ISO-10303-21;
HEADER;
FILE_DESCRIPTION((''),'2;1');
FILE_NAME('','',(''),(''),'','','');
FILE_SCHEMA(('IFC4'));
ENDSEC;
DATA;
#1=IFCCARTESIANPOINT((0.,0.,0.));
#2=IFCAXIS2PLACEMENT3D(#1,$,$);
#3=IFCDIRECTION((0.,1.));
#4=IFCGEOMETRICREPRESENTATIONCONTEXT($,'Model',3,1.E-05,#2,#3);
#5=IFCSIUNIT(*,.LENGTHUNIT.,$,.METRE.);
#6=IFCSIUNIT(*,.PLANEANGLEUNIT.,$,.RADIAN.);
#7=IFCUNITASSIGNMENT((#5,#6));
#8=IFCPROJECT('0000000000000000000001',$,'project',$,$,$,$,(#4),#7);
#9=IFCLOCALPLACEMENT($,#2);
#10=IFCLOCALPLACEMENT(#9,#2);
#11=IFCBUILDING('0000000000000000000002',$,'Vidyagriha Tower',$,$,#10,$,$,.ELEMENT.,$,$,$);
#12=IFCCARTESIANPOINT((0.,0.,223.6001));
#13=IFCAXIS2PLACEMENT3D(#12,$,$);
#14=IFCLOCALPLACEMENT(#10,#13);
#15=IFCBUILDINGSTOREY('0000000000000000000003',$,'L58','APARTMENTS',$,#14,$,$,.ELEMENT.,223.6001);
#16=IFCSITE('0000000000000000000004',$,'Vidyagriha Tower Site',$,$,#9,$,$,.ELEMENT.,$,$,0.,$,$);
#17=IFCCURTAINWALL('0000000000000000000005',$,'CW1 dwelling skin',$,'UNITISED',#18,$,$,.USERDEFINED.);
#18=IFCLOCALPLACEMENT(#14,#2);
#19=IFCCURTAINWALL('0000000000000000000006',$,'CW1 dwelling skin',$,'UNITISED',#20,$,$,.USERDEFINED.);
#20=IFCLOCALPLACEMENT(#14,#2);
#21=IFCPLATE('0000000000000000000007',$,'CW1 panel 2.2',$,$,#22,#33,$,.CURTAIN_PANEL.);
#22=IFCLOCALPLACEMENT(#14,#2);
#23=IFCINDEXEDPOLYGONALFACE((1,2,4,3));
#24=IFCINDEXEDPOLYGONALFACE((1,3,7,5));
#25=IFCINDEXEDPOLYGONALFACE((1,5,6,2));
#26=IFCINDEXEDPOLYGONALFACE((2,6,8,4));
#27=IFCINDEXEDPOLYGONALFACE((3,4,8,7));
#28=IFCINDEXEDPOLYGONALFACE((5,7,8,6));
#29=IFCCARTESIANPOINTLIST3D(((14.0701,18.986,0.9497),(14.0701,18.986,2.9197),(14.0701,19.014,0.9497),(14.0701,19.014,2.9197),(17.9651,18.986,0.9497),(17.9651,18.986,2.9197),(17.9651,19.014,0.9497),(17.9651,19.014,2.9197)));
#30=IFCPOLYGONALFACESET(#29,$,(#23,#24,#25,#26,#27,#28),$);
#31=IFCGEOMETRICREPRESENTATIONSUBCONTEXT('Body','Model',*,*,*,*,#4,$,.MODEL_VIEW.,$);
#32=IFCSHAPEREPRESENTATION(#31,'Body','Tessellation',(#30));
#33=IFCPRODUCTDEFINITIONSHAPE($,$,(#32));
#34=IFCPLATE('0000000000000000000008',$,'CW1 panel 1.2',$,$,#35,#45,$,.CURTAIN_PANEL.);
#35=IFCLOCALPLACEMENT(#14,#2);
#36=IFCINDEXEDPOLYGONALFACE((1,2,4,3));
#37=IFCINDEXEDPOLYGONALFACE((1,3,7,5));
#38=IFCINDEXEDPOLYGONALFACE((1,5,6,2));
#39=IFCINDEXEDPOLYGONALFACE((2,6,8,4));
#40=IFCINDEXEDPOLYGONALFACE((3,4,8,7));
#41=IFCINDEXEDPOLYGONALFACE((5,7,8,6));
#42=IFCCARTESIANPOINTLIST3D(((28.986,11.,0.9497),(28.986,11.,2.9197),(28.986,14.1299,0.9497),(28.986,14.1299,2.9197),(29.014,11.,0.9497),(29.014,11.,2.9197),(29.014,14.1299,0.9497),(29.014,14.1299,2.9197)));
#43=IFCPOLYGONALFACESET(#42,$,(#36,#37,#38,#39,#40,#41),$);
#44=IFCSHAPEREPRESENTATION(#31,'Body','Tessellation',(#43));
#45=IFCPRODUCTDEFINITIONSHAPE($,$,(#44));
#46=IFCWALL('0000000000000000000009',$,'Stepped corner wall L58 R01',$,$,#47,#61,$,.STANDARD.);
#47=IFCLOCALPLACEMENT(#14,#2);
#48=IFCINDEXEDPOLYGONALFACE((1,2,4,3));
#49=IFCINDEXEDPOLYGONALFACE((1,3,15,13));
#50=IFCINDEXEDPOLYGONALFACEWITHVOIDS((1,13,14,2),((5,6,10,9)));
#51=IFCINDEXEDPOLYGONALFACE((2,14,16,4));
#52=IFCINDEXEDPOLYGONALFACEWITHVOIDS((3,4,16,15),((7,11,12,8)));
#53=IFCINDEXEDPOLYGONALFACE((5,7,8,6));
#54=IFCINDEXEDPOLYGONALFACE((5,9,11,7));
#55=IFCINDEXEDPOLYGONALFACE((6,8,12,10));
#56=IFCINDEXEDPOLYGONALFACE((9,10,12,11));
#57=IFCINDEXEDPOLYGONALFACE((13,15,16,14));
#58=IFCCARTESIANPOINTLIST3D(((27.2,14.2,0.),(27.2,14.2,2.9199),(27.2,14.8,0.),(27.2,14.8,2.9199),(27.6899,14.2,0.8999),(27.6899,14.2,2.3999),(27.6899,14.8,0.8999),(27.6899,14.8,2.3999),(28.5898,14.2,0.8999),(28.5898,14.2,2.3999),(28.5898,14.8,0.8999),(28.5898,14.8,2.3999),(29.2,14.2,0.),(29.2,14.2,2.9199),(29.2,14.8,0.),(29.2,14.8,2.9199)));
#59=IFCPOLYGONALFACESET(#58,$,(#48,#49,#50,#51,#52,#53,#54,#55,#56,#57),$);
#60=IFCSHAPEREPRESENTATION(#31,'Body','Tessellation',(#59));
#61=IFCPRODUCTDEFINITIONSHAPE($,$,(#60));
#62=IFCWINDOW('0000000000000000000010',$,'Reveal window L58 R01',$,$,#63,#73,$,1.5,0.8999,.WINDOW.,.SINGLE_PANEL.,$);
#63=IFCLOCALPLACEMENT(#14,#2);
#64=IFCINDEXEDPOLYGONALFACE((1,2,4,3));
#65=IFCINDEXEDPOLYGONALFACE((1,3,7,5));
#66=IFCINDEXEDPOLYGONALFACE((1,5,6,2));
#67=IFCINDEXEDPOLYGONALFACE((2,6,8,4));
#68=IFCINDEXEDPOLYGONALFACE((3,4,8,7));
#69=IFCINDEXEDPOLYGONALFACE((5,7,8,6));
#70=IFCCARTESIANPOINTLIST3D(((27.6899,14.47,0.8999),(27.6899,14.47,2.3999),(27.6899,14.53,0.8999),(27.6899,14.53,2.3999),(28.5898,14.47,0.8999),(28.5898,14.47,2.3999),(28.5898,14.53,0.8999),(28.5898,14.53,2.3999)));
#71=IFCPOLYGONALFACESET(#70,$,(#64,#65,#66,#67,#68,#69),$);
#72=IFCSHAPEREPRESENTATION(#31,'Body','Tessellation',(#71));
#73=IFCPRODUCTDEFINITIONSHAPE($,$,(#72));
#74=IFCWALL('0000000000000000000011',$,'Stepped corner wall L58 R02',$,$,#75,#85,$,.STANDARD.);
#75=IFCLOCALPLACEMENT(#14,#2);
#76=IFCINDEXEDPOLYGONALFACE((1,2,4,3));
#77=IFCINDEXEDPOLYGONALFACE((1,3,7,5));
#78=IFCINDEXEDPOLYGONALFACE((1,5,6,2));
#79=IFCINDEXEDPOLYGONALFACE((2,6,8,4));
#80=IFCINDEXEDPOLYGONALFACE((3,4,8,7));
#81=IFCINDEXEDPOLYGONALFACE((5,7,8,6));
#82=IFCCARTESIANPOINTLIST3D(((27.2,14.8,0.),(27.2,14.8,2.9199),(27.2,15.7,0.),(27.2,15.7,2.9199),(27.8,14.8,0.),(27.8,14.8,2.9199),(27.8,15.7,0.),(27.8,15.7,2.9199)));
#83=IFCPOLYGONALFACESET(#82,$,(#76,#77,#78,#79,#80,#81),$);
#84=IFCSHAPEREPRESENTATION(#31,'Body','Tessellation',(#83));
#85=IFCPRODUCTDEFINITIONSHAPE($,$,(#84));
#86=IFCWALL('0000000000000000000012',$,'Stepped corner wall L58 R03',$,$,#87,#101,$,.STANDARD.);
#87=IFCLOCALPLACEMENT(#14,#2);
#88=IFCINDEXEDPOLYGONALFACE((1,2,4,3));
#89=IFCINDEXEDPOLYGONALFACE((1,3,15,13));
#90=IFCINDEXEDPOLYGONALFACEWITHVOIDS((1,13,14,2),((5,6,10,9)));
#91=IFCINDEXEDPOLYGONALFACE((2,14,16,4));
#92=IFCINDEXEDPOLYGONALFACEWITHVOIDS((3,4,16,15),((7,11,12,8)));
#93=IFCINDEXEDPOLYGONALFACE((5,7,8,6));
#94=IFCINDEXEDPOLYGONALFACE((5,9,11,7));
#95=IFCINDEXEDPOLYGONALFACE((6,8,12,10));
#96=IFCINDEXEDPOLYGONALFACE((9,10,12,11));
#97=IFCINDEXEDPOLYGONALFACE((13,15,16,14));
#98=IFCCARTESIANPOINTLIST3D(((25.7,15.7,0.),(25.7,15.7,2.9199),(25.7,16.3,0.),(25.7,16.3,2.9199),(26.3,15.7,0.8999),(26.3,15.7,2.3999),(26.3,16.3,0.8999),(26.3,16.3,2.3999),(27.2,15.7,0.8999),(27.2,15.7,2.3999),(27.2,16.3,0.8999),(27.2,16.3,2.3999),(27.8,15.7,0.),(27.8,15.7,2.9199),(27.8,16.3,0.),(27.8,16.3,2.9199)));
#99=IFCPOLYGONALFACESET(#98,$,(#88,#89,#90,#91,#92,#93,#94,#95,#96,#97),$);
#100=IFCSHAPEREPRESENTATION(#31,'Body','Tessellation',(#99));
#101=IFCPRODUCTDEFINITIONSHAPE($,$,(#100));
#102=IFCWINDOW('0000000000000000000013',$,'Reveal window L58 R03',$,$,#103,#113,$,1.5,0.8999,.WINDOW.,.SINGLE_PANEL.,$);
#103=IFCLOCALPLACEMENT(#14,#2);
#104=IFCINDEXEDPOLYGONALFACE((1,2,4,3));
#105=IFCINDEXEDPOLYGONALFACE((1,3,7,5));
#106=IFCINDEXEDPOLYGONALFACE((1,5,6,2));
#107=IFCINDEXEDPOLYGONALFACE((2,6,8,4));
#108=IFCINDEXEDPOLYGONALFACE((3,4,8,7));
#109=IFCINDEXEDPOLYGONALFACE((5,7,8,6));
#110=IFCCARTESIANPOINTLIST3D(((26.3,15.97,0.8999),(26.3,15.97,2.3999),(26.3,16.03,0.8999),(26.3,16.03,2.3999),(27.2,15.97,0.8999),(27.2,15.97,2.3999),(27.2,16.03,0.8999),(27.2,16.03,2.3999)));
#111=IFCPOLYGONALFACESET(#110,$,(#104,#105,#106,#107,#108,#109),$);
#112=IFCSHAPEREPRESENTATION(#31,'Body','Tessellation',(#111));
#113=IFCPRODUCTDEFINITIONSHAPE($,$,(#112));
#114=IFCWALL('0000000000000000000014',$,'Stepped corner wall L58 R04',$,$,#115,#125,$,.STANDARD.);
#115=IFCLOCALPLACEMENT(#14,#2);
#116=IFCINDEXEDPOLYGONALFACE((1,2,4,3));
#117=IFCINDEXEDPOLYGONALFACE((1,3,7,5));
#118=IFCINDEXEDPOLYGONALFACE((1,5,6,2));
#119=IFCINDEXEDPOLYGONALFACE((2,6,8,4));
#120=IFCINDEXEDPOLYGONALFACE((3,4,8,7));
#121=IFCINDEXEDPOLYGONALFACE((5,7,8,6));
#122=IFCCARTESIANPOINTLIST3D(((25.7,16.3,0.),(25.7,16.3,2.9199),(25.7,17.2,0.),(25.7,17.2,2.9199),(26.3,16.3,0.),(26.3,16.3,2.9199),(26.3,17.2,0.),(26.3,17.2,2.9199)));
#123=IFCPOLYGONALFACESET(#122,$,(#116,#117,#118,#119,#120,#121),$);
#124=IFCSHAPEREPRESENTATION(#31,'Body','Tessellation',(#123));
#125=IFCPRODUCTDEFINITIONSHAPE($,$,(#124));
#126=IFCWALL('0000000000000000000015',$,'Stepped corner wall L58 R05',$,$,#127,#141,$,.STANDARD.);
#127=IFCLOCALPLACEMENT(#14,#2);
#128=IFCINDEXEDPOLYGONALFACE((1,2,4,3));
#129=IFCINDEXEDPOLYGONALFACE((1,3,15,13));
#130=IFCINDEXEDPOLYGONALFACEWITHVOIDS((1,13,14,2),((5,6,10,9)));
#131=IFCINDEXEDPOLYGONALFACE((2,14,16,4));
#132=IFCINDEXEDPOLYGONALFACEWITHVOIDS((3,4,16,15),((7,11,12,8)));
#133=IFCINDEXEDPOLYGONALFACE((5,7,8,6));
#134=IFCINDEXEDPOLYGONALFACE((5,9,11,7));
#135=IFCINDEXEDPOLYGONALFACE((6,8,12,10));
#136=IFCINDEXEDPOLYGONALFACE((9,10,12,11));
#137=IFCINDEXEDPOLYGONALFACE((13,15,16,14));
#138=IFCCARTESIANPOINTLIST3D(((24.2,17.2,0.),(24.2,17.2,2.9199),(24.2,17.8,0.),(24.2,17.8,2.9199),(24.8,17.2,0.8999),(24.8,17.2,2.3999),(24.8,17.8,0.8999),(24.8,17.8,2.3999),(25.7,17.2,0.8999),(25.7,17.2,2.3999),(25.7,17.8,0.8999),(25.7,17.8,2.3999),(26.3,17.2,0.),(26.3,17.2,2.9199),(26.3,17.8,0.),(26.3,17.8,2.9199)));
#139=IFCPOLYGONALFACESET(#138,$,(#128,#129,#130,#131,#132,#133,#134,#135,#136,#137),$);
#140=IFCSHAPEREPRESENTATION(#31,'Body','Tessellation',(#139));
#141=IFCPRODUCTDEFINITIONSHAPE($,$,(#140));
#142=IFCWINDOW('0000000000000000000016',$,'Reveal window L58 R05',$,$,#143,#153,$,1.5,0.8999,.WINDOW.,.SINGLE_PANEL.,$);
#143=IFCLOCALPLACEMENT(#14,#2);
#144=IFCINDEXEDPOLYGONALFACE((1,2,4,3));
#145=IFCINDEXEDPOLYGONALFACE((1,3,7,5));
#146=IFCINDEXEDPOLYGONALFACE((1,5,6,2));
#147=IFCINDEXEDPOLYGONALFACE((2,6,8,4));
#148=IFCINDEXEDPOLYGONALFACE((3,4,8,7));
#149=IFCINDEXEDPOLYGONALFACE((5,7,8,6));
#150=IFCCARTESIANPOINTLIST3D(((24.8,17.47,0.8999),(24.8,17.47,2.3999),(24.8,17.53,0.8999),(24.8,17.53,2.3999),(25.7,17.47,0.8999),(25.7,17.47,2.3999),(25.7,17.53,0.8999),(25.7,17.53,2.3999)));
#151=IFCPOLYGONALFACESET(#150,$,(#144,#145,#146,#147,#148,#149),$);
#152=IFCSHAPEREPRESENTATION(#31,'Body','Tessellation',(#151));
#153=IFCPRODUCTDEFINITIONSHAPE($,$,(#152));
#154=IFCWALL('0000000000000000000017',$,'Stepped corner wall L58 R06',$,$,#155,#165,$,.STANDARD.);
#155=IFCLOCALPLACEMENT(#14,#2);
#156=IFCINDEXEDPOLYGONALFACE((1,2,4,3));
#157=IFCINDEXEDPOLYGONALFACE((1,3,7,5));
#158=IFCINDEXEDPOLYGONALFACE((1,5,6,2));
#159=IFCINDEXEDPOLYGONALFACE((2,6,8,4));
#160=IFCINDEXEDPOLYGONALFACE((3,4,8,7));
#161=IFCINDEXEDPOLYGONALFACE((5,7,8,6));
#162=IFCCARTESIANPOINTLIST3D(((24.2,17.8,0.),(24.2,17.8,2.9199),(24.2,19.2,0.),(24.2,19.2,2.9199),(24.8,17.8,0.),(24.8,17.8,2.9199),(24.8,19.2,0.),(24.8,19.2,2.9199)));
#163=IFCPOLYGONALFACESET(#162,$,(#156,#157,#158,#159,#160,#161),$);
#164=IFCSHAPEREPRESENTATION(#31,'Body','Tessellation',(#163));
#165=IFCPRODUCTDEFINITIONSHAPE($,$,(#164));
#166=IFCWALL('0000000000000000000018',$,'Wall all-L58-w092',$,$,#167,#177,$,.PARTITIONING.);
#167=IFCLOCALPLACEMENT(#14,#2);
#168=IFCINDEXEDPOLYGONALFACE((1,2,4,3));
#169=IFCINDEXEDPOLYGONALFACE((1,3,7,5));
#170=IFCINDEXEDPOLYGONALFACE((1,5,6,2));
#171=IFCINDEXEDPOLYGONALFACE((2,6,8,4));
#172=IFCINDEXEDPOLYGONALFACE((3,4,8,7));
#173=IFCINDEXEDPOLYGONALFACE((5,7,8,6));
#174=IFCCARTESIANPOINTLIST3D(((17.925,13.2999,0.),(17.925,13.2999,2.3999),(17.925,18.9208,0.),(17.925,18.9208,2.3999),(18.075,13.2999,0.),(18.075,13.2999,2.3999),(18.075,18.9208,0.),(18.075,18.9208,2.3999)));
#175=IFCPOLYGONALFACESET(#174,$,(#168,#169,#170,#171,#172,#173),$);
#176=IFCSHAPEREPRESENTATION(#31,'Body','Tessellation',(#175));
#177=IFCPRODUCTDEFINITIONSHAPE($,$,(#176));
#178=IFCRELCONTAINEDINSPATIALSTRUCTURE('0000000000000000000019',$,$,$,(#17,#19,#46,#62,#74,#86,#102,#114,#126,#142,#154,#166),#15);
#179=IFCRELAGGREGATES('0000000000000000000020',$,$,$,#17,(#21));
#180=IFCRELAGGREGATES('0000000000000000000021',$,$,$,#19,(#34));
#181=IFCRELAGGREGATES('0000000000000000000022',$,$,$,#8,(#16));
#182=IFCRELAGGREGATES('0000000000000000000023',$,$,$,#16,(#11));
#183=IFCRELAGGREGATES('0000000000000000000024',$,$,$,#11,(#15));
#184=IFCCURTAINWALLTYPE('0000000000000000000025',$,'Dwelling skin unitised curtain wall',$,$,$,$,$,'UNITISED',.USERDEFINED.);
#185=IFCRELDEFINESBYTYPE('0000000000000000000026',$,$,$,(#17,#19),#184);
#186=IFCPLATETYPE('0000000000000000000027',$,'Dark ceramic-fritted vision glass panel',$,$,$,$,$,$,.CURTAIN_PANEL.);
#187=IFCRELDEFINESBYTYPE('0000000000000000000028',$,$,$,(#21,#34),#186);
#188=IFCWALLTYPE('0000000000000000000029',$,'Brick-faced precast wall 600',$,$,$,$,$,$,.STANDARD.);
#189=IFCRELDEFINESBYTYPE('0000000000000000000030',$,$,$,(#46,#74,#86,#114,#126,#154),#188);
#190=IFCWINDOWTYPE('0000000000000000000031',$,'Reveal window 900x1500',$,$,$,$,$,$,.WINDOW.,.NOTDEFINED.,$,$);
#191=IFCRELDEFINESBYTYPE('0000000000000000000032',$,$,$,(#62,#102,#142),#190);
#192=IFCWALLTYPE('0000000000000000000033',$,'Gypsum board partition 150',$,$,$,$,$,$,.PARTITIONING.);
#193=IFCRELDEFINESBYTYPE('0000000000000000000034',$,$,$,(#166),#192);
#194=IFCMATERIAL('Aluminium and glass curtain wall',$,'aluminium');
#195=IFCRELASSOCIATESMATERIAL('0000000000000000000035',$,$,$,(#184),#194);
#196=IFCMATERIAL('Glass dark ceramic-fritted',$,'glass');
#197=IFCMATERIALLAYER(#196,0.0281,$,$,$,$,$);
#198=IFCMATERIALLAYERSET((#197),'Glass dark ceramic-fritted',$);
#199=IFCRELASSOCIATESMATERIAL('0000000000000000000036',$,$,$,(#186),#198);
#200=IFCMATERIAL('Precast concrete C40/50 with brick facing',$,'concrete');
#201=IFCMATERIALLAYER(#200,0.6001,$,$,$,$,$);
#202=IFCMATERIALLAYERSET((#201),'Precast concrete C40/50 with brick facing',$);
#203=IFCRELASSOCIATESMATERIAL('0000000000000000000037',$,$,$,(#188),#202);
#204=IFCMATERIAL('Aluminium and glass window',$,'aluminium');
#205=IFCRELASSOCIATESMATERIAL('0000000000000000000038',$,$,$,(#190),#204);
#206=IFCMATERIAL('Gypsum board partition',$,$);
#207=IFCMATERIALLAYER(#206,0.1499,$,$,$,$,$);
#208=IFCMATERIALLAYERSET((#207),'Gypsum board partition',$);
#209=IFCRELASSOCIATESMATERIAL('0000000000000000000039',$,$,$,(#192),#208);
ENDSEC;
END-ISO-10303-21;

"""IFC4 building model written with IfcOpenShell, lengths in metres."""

from ifc_helpers import new_model, si_unit, direction, frame, frame_2d, origin, origin_2d, place, context, subcontext, project, spatial, rectangle, extrude, material, layer, layer_set, type_object, element, fill, aggregate, save


model = new_model("IFC4")

# Units and contexts
model_context = context("Model", 3, precision=1e-05, world=origin(), true_north=direction((0.0, 1.0)))
body_context = subcontext(model_context, "Body", "Model", "MODEL_VIEW")
ifc_project = project(units=[si_unit("LENGTHUNIT", "METRE"), si_unit("PLANEANGLEUNIT", "RADIAN")], contexts=[model_context])

# Site, building, storey
site_placement = place(None, origin())
site = spatial("IfcSite", under=ifc_project, at=site_placement, Name="Vidyagriha Tower Site", CompositionType="ELEMENT", RefElevation=0.0)
building_placement = place(site_placement, origin())
building = spatial("IfcBuilding", under=site, at=building_placement, Name="Vidyagriha Tower", CompositionType="ELEMENT")
storey_placement = place(building_placement, frame((0.0, 0.0, 223.6001)))
storey = spatial("IfcBuildingStorey", under=building, at=storey_placement, Name="L58", Description="APARTMENTS", CompositionType="ELEMENT", Elevation=223.6001)

# Curtain wall
ifc_material_1 = material(Name="Aluminium and glass curtain wall", Category="aluminium")
curtain_wall_type = type_object("IfcCurtainWallType", Name="Dwelling skin unitised curtain wall", ElementType="UNITISED", PredefinedType="USERDEFINED", material=ifc_material_1)
curtain_wall_1_placement = place(storey_placement, origin())
curtain_wall_1 = element("IfcCurtainWall", 1, at=curtain_wall_1_placement, inside=storey, type_object=curtain_wall_type, Name="CW1 dwelling skin", ObjectType="UNITISED", PredefinedType="USERDEFINED")

# Curtain wall
curtain_wall_2_placement = place(storey_placement, origin())
curtain_wall_2 = element("IfcCurtainWall", 2, at=curtain_wall_2_placement, inside=storey, type_object=curtain_wall_type, Name="CW1 dwelling skin", ObjectType="UNITISED", PredefinedType="USERDEFINED")

# Plates
ifc_material_2 = material(Name="Glass dark ceramic-fritted", Category="glass")
ifc_layer_1 = layer(ifc_material_2, 0.0281)
ifc_layer_set_1 = layer_set([ifc_layer_1], Name="Glass dark ceramic-fritted")
plate_type_1 = type_object("IfcPlateType", Name="Dark ceramic-fritted vision glass panel", PredefinedType="CURTAIN_PANEL", material=ifc_layer_set_1)
plate_1_placement = place(storey_placement, frame((16.0176, 19.0, 0.9497), z_axis=(0.0, 0.0, 1.0), x_axis=(-1.0, 0.0, 0.0)))
plate_1 = element("IfcPlate", 3, at=plate_1_placement, type_object=plate_type_1, Name="CW1 panel 2.2", PredefinedType="CURTAIN_PANEL", context=body_context, shape_type="SweptSolid", body=[
    extrude(rectangle(XDim=3.895, YDim=0.0281, at=origin_2d()), origin(), (0.0, 0.0, 1.0), 1.97),
])
aggregate(curtain_wall_1, [plate_1])
plate_2_placement = place(storey_placement, frame((29.0, 12.5649, 0.9497), z_axis=(0.0, 0.0, 1.0), x_axis=(0.0, 1.0, 0.0)))
plate_2 = element("IfcPlate", 4, at=plate_2_placement, type_object=plate_type_1, Name="CW1 panel 1.2", PredefinedType="CURTAIN_PANEL", context=body_context, shape_type="SweptSolid", body=[
    extrude(rectangle(XDim=3.1299, YDim=0.0281, at=origin_2d()), origin(), (0.0, 0.0, 1.0), 1.97),
])
aggregate(curtain_wall_2, [plate_2])

# Wall, opening, window
ifc_material_3 = material(Name="Precast concrete C40/50 with brick facing", Category="concrete")
ifc_layer_2 = layer(ifc_material_3, 0.6001)
ifc_layer_set_2 = layer_set([ifc_layer_2], Name="Precast concrete C40/50 with brick facing")
wall_type_1 = type_object("IfcWallType", Name="Brick-faced precast wall 600", PredefinedType="STANDARD", material=ifc_layer_set_2)
wall_1_placement = place(storey_placement, frame((29.2, 14.5, 0.0), z_axis=(0.0, 0.0, 1.0), x_axis=(-1.0, 0.0, 0.0)))
wall_1 = element("IfcWall", 5, at=wall_1_placement, inside=storey, type_object=wall_type_1, Name="Stepped corner wall L58 R01", PredefinedType="STANDARD", context=body_context, shape_type="SweptSolid", body=[
    extrude(rectangle(XDim=2.0, YDim=0.6001, at=frame_2d((1.0, 0.0))), origin(), (0.0, 0.0, 1.0), 2.9199),
])
opening_1_placement = place(wall_1_placement, frame((0.6101, 0.0, 0.8999)))
opening_1 = element("IfcOpeningElement", 6, at=opening_1_placement, cuts=wall_1, PredefinedType="OPENING", context=body_context, shape_type="SweptSolid", body=[
    extrude(rectangle(XDim=0.8999, YDim=1.5, at=frame_2d((0.45, 0.75))), frame((0.0, 0.3101, 0.0), z_axis=(0.0, -1.0, 0.0), x_axis=(1.0, 0.0, 0.0)), (0.0, 0.0, 1.0), 0.6201),
])
ifc_material_4 = material(Name="Aluminium and glass window", Category="aluminium")
window_type = type_object("IfcWindowType", Name="Reveal window 900x1500", PartitioningType="NOTDEFINED", PredefinedType="WINDOW", material=ifc_material_4)
window_1_placement = place(opening_1_placement, origin())
window_1 = element("IfcWindow", 7, at=window_1_placement, inside=storey, type_object=window_type, Name="Reveal window L58 R01", OverallHeight=1.5, OverallWidth=0.8999, PartitioningType="SINGLE_PANEL", PredefinedType="WINDOW", context=body_context, shape_type="SweptSolid", body=[
    extrude(rectangle(XDim=0.8999, YDim=1.5, at=frame_2d((0.45, 0.75))), frame((0.0, 0.03, 0.0), z_axis=(0.0, -1.0, 0.0), x_axis=(1.0, 0.0, 0.0)), (0.0, 0.0, 1.0), 0.0601),
])
fill(opening_1, window_1)

# Wall
wall_2_placement = place(storey_placement, frame((27.5, 14.8, 0.0), z_axis=(0.0, 0.0, 1.0), x_axis=(0.0, 1.0, 0.0)))
element("IfcWall", 8, at=wall_2_placement, inside=storey, type_object=wall_type_1, Name="Stepped corner wall L58 R02", PredefinedType="STANDARD", context=body_context, shape_type="SweptSolid", body=[
    extrude(rectangle(XDim=0.8999, YDim=0.6001, at=frame_2d((0.45, 0.0))), origin(), (0.0, 0.0, 1.0), 2.9199),
])

# Wall, opening, window
wall_3_placement = place(storey_placement, frame((27.8, 16.0, 0.0), z_axis=(0.0, 0.0, 1.0), x_axis=(-1.0, 0.0, 0.0)))
wall_3 = element("IfcWall", 9, at=wall_3_placement, inside=storey, type_object=wall_type_1, Name="Stepped corner wall L58 R03", PredefinedType="STANDARD", context=body_context, shape_type="SweptSolid", body=[
    extrude(rectangle(XDim=2.1001, YDim=0.6001, at=frame_2d((1.05, 0.0))), origin(), (0.0, 0.0, 1.0), 2.9199),
])
opening_2_placement = place(wall_3_placement, frame((0.6001, 0.0, 0.8999)))
opening_2 = element("IfcOpeningElement", 10, at=opening_2_placement, cuts=wall_3, PredefinedType="OPENING", context=body_context, shape_type="SweptSolid", body=[
    extrude(rectangle(XDim=0.8999, YDim=1.5, at=frame_2d((0.45, 0.75))), frame((0.0, 0.3101, 0.0), z_axis=(0.0, -1.0, 0.0), x_axis=(1.0, 0.0, 0.0)), (0.0, 0.0, 1.0), 0.6201),
])
window_2_placement = place(opening_2_placement, origin())
window_2 = element("IfcWindow", 11, at=window_2_placement, inside=storey, type_object=window_type, Name="Reveal window L58 R03", OverallHeight=1.5, OverallWidth=0.8999, PartitioningType="SINGLE_PANEL", PredefinedType="WINDOW", context=body_context, shape_type="SweptSolid", body=[
    extrude(rectangle(XDim=0.8999, YDim=1.5, at=frame_2d((0.45, 0.75))), frame((0.0, 0.03, 0.0), z_axis=(0.0, -1.0, 0.0), x_axis=(1.0, 0.0, 0.0)), (0.0, 0.0, 1.0), 0.0601),
])
fill(opening_2, window_2)

# Wall
wall_4_placement = place(storey_placement, frame((26.0, 16.3, 0.0), z_axis=(0.0, 0.0, 1.0), x_axis=(0.0, 1.0, 0.0)))
element("IfcWall", 12, at=wall_4_placement, inside=storey, type_object=wall_type_1, Name="Stepped corner wall L58 R04", PredefinedType="STANDARD", context=body_context, shape_type="SweptSolid", body=[
    extrude(rectangle(XDim=0.8999, YDim=0.6001, at=frame_2d((0.45, 0.0))), origin(), (0.0, 0.0, 1.0), 2.9199),
])

# Wall, opening, window
wall_5_placement = place(storey_placement, frame((26.3, 17.5, 0.0), z_axis=(0.0, 0.0, 1.0), x_axis=(-1.0, 0.0, 0.0)))
wall_5 = element("IfcWall", 13, at=wall_5_placement, inside=storey, type_object=wall_type_1, Name="Stepped corner wall L58 R05", PredefinedType="STANDARD", context=body_context, shape_type="SweptSolid", body=[
    extrude(rectangle(XDim=2.1001, YDim=0.6001, at=frame_2d((1.05, 0.0))), origin(), (0.0, 0.0, 1.0), 2.9199),
])
opening_3_placement = place(wall_5_placement, frame((0.6001, 0.0, 0.8999)))
opening_3 = element("IfcOpeningElement", 14, at=opening_3_placement, cuts=wall_5, PredefinedType="OPENING", context=body_context, shape_type="SweptSolid", body=[
    extrude(rectangle(XDim=0.8999, YDim=1.5, at=frame_2d((0.45, 0.75))), frame((0.0, 0.3101, 0.0), z_axis=(0.0, -1.0, 0.0), x_axis=(1.0, 0.0, 0.0)), (0.0, 0.0, 1.0), 0.6201),
])
window_3_placement = place(opening_3_placement, origin())
window_3 = element("IfcWindow", 15, at=window_3_placement, inside=storey, type_object=window_type, Name="Reveal window L58 R05", OverallHeight=1.5, OverallWidth=0.8999, PartitioningType="SINGLE_PANEL", PredefinedType="WINDOW", context=body_context, shape_type="SweptSolid", body=[
    extrude(rectangle(XDim=0.8999, YDim=1.5, at=frame_2d((0.45, 0.75))), frame((0.0, 0.03, 0.0), z_axis=(0.0, -1.0, 0.0), x_axis=(1.0, 0.0, 0.0)), (0.0, 0.0, 1.0), 0.0601),
])
fill(opening_3, window_3)

# Walls
wall_6_placement = place(storey_placement, frame((24.5, 17.8, 0.0), z_axis=(0.0, 0.0, 1.0), x_axis=(0.0, 1.0, 0.0)))
element("IfcWall", 16, at=wall_6_placement, inside=storey, type_object=wall_type_1, Name="Stepped corner wall L58 R06", PredefinedType="STANDARD", context=body_context, shape_type="SweptSolid", body=[
    extrude(rectangle(XDim=1.3999, YDim=0.6001, at=frame_2d((0.7, 0.0))), origin(), (0.0, 0.0, 1.0), 2.9199),
])
ifc_material_5 = material(Name="Gypsum board partition")
ifc_layer_3 = layer(ifc_material_5, 0.1499)
ifc_layer_set_3 = layer_set([ifc_layer_3], Name="Gypsum board partition")
wall_type_2 = type_object("IfcWallType", Name="Gypsum board partition 150", PredefinedType="PARTITIONING", material=ifc_layer_set_3)
wall_7_placement = place(storey_placement, frame((18.0, 18.9209, 0.0), z_axis=(0.0, 0.0, 1.0), x_axis=(0.0, -1.0, 0.0)))
element("IfcWall", 17, at=wall_7_placement, inside=storey, type_object=wall_type_2, Name="Wall all-L58-w092", PredefinedType="PARTITIONING", context=body_context, shape_type="SweptSolid", body=[
    extrude(rectangle(XDim=5.6208, YDim=0.1499, at=frame_2d((2.8105, 0.0))), origin(), (0.0, 0.0, 1.0), 2.3999),
])

save(model, "model.ifc")
